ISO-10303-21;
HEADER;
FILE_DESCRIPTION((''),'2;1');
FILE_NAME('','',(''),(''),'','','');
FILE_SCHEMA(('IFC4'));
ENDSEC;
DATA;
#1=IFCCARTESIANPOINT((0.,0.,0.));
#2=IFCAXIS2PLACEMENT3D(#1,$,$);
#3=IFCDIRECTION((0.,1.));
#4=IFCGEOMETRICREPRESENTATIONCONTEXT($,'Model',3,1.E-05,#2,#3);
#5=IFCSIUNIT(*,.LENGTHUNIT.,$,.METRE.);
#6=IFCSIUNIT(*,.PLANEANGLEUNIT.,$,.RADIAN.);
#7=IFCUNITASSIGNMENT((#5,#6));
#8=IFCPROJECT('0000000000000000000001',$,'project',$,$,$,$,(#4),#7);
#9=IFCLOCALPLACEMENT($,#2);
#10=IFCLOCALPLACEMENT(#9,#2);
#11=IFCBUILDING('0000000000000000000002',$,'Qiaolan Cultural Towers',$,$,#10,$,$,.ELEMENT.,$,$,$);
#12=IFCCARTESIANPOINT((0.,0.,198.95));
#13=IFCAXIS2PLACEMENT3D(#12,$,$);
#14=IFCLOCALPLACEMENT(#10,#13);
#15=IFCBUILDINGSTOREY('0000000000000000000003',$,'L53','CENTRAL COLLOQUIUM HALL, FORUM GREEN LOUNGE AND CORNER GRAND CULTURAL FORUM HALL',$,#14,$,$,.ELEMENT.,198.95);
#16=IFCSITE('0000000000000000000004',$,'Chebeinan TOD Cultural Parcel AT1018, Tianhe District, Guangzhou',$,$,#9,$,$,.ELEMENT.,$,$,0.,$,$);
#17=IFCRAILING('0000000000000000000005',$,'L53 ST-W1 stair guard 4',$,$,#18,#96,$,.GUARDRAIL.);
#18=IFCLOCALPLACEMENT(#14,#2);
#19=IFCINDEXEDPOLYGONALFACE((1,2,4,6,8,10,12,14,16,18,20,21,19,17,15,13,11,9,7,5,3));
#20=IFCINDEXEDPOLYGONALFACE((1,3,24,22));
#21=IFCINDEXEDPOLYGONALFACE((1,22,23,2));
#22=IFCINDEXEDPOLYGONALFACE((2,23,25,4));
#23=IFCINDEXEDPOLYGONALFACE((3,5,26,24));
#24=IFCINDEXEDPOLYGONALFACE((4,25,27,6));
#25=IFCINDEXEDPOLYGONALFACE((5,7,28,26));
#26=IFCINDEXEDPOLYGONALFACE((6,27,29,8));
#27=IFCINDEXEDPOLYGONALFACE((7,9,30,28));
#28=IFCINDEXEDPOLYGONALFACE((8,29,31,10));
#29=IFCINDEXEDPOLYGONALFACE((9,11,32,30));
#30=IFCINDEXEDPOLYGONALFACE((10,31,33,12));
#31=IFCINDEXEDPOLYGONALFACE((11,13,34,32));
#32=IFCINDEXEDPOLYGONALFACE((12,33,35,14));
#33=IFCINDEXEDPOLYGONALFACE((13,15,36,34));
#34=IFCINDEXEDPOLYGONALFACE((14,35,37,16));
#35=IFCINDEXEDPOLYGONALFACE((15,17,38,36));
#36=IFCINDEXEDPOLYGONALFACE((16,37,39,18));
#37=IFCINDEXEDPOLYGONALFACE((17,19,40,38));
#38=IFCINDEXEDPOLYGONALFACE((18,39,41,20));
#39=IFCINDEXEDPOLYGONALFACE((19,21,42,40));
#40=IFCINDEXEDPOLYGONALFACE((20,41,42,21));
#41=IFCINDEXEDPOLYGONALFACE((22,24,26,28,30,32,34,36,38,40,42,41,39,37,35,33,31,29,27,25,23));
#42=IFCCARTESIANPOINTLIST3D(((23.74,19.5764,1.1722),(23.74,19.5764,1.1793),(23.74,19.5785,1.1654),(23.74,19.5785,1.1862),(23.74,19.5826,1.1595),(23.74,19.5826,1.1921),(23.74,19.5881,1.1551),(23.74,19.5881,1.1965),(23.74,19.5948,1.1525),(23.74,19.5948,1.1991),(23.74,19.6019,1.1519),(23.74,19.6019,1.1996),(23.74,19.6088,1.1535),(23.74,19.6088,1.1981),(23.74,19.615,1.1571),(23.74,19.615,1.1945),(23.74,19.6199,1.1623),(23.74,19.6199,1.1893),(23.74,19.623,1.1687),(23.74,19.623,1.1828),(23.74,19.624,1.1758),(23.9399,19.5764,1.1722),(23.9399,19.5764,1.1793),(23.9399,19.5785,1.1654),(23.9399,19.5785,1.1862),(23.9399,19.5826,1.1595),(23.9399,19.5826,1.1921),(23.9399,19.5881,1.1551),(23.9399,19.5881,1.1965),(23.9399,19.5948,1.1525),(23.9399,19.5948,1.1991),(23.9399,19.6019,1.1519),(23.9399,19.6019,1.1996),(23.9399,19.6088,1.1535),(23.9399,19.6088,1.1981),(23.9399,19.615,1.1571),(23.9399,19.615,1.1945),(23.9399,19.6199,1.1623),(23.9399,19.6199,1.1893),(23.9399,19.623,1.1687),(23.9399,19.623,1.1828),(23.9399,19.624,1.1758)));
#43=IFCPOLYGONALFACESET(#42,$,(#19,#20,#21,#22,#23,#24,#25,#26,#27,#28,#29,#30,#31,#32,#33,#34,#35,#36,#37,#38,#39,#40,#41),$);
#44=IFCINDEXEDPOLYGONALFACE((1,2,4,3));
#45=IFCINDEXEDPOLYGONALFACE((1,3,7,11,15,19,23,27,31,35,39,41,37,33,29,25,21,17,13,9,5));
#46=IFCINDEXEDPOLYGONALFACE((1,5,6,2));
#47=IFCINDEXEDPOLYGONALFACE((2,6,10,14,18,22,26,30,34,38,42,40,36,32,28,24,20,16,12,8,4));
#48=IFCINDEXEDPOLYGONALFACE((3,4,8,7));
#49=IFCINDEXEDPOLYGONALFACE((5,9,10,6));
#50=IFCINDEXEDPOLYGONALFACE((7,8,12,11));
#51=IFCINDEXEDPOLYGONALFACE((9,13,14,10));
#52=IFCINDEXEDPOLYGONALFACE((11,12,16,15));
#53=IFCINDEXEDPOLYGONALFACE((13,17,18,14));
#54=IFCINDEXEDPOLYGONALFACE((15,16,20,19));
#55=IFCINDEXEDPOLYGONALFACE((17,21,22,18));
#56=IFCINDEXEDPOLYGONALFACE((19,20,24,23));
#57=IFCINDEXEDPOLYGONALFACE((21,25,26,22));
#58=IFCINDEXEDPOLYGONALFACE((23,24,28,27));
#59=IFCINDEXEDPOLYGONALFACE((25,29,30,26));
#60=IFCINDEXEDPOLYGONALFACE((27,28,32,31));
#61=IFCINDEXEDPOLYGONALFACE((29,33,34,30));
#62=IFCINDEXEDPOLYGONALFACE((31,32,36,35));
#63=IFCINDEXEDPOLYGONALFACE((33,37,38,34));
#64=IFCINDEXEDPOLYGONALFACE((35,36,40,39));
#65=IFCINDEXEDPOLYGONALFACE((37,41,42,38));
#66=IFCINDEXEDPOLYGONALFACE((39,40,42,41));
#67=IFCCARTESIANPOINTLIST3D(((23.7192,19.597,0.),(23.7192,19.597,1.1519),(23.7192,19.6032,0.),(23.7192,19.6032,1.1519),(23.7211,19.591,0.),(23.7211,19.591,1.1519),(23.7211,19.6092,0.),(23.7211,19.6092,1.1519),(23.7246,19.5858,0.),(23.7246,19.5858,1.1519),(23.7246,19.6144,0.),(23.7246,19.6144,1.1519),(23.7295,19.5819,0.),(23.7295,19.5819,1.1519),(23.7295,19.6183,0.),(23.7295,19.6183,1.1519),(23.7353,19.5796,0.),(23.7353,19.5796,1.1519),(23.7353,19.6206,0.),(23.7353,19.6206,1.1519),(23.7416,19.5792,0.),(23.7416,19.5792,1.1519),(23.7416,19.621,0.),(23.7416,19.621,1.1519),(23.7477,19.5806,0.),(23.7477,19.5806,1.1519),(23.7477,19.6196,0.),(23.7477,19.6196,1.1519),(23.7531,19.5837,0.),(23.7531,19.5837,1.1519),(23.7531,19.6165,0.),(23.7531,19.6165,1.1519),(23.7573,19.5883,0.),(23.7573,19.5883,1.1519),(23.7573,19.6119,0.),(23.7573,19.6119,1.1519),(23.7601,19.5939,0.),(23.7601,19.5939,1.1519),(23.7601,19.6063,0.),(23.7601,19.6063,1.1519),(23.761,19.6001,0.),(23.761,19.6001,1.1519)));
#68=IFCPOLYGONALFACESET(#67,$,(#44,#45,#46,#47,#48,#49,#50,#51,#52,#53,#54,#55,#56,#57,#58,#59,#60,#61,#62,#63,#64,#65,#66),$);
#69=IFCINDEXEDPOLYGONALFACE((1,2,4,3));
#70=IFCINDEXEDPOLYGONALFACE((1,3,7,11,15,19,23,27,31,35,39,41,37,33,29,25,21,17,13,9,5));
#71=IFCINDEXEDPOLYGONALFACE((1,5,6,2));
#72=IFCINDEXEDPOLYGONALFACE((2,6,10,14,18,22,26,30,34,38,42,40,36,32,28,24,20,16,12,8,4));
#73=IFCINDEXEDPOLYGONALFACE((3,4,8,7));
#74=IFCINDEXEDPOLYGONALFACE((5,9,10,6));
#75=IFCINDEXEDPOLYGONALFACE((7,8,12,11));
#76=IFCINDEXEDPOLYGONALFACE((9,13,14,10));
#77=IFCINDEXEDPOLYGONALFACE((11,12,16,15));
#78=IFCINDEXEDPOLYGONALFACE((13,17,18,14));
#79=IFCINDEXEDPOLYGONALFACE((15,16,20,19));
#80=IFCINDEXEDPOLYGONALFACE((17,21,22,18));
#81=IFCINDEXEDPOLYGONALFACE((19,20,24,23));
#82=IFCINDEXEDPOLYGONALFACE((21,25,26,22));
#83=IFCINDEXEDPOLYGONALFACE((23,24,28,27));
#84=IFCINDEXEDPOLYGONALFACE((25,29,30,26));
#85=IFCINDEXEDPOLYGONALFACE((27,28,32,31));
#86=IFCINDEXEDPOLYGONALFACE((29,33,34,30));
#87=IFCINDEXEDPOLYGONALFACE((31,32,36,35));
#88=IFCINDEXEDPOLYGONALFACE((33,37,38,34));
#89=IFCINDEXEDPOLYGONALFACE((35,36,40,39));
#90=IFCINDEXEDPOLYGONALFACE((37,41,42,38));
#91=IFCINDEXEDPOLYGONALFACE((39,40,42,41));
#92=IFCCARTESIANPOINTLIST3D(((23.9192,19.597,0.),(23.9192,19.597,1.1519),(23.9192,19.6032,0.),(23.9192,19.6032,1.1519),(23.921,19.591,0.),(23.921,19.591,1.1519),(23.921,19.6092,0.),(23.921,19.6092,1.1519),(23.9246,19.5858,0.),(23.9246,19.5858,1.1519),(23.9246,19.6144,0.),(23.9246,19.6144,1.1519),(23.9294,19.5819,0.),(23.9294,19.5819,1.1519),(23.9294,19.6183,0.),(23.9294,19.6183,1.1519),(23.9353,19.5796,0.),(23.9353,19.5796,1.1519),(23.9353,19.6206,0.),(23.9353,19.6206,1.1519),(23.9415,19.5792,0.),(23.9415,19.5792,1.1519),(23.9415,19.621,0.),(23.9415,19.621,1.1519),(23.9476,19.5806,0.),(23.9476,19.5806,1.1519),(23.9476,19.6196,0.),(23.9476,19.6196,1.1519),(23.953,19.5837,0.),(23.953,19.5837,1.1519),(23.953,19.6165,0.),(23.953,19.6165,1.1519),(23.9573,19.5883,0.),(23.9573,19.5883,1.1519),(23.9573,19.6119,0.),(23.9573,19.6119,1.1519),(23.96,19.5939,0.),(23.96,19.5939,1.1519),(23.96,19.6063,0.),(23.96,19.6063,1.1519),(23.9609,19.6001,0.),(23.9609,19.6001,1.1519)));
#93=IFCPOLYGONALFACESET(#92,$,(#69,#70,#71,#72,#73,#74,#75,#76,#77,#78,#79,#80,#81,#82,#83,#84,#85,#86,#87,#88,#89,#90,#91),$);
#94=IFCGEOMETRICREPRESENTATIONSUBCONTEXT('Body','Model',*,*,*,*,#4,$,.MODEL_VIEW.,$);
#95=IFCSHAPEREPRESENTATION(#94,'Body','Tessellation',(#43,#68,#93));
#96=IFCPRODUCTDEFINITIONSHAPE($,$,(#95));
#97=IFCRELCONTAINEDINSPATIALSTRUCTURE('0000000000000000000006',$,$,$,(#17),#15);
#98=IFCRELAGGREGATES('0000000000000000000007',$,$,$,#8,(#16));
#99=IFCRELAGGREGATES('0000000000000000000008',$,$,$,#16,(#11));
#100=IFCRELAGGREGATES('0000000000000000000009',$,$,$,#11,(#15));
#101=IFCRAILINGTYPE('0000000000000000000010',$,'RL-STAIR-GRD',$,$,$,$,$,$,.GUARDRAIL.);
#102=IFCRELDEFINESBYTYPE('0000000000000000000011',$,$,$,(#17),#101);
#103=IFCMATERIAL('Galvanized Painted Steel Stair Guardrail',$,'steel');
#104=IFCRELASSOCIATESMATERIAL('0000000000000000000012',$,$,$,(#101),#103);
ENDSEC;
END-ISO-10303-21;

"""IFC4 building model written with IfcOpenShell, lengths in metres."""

from ifc_helpers import new_model, si_unit, direction, frame, origin, origin_2d, place, context, subcontext, project, spatial, circle, extrude, material, type_object, element, save


model = new_model("IFC4")

# Units and contexts
model_context = context("Model", 3, precision=1e-05, world=origin(), true_north=direction((0.0, 1.0)))
body_context = subcontext(model_context, "Body", "Model", "MODEL_VIEW")
ifc_project = project(units=[si_unit("LENGTHUNIT", "METRE"), si_unit("PLANEANGLEUNIT", "RADIAN")], contexts=[model_context])

# Site, building, storey
site_placement = place(None, origin())
site = spatial("IfcSite", under=ifc_project, at=site_placement, Name="Chebeinan TOD Cultural Parcel AT1018, Tianhe District, Guangzhou", CompositionType="ELEMENT", RefElevation=0.0)
building_placement = place(site_placement, origin())
building = spatial("IfcBuilding", under=site, at=building_placement, Name="Qiaolan Cultural Towers", CompositionType="ELEMENT")
storey_placement = place(building_placement, frame((0.0, 0.0, 198.95)))
storey = spatial("IfcBuildingStorey", under=building, at=storey_placement, Name="L53", Description="CENTRAL COLLOQUIUM HALL, FORUM GREEN LOUNGE AND CORNER GRAND CULTURAL FORUM HALL", CompositionType="ELEMENT", Elevation=198.95)

# Railing
ifc_material_1 = material(Name="Galvanized Painted Steel Stair Guardrail", Category="steel")
railing_type_1 = type_object("IfcRailingType", Name="RL-STAIR-GRD", PredefinedType="GUARDRAIL", material=ifc_material_1)
railing_1_placement = place(storey_placement, frame((23.74, 19.6001, 0.0)))
element("IfcRailing", 1, at=railing_1_placement, inside=storey, type_object=railing_type_1, Name="L53 ST-W1 stair guard 4", PredefinedType="GUARDRAIL", context=body_context, shape_type="SweptSolid", body=[
    extrude(circle(Radius=0.0239, at=origin_2d()), frame((0.0, 0.0, 1.1758), z_axis=(1.0, 0.0, 0.0), x_axis=(0.0, 1.0, 0.0)), (0.0, 0.0, 1.0), 0.2),
    extrude(circle(Radius=0.021, at=origin_2d()), origin(), (0.0, 0.0, 1.0), 1.1519),
    extrude(circle(Radius=0.021, at=origin_2d()), frame((0.2, 0.0, 0.0)), (0.0, 0.0, 1.0), 1.1519),
])

save(model, "model.ifc")
